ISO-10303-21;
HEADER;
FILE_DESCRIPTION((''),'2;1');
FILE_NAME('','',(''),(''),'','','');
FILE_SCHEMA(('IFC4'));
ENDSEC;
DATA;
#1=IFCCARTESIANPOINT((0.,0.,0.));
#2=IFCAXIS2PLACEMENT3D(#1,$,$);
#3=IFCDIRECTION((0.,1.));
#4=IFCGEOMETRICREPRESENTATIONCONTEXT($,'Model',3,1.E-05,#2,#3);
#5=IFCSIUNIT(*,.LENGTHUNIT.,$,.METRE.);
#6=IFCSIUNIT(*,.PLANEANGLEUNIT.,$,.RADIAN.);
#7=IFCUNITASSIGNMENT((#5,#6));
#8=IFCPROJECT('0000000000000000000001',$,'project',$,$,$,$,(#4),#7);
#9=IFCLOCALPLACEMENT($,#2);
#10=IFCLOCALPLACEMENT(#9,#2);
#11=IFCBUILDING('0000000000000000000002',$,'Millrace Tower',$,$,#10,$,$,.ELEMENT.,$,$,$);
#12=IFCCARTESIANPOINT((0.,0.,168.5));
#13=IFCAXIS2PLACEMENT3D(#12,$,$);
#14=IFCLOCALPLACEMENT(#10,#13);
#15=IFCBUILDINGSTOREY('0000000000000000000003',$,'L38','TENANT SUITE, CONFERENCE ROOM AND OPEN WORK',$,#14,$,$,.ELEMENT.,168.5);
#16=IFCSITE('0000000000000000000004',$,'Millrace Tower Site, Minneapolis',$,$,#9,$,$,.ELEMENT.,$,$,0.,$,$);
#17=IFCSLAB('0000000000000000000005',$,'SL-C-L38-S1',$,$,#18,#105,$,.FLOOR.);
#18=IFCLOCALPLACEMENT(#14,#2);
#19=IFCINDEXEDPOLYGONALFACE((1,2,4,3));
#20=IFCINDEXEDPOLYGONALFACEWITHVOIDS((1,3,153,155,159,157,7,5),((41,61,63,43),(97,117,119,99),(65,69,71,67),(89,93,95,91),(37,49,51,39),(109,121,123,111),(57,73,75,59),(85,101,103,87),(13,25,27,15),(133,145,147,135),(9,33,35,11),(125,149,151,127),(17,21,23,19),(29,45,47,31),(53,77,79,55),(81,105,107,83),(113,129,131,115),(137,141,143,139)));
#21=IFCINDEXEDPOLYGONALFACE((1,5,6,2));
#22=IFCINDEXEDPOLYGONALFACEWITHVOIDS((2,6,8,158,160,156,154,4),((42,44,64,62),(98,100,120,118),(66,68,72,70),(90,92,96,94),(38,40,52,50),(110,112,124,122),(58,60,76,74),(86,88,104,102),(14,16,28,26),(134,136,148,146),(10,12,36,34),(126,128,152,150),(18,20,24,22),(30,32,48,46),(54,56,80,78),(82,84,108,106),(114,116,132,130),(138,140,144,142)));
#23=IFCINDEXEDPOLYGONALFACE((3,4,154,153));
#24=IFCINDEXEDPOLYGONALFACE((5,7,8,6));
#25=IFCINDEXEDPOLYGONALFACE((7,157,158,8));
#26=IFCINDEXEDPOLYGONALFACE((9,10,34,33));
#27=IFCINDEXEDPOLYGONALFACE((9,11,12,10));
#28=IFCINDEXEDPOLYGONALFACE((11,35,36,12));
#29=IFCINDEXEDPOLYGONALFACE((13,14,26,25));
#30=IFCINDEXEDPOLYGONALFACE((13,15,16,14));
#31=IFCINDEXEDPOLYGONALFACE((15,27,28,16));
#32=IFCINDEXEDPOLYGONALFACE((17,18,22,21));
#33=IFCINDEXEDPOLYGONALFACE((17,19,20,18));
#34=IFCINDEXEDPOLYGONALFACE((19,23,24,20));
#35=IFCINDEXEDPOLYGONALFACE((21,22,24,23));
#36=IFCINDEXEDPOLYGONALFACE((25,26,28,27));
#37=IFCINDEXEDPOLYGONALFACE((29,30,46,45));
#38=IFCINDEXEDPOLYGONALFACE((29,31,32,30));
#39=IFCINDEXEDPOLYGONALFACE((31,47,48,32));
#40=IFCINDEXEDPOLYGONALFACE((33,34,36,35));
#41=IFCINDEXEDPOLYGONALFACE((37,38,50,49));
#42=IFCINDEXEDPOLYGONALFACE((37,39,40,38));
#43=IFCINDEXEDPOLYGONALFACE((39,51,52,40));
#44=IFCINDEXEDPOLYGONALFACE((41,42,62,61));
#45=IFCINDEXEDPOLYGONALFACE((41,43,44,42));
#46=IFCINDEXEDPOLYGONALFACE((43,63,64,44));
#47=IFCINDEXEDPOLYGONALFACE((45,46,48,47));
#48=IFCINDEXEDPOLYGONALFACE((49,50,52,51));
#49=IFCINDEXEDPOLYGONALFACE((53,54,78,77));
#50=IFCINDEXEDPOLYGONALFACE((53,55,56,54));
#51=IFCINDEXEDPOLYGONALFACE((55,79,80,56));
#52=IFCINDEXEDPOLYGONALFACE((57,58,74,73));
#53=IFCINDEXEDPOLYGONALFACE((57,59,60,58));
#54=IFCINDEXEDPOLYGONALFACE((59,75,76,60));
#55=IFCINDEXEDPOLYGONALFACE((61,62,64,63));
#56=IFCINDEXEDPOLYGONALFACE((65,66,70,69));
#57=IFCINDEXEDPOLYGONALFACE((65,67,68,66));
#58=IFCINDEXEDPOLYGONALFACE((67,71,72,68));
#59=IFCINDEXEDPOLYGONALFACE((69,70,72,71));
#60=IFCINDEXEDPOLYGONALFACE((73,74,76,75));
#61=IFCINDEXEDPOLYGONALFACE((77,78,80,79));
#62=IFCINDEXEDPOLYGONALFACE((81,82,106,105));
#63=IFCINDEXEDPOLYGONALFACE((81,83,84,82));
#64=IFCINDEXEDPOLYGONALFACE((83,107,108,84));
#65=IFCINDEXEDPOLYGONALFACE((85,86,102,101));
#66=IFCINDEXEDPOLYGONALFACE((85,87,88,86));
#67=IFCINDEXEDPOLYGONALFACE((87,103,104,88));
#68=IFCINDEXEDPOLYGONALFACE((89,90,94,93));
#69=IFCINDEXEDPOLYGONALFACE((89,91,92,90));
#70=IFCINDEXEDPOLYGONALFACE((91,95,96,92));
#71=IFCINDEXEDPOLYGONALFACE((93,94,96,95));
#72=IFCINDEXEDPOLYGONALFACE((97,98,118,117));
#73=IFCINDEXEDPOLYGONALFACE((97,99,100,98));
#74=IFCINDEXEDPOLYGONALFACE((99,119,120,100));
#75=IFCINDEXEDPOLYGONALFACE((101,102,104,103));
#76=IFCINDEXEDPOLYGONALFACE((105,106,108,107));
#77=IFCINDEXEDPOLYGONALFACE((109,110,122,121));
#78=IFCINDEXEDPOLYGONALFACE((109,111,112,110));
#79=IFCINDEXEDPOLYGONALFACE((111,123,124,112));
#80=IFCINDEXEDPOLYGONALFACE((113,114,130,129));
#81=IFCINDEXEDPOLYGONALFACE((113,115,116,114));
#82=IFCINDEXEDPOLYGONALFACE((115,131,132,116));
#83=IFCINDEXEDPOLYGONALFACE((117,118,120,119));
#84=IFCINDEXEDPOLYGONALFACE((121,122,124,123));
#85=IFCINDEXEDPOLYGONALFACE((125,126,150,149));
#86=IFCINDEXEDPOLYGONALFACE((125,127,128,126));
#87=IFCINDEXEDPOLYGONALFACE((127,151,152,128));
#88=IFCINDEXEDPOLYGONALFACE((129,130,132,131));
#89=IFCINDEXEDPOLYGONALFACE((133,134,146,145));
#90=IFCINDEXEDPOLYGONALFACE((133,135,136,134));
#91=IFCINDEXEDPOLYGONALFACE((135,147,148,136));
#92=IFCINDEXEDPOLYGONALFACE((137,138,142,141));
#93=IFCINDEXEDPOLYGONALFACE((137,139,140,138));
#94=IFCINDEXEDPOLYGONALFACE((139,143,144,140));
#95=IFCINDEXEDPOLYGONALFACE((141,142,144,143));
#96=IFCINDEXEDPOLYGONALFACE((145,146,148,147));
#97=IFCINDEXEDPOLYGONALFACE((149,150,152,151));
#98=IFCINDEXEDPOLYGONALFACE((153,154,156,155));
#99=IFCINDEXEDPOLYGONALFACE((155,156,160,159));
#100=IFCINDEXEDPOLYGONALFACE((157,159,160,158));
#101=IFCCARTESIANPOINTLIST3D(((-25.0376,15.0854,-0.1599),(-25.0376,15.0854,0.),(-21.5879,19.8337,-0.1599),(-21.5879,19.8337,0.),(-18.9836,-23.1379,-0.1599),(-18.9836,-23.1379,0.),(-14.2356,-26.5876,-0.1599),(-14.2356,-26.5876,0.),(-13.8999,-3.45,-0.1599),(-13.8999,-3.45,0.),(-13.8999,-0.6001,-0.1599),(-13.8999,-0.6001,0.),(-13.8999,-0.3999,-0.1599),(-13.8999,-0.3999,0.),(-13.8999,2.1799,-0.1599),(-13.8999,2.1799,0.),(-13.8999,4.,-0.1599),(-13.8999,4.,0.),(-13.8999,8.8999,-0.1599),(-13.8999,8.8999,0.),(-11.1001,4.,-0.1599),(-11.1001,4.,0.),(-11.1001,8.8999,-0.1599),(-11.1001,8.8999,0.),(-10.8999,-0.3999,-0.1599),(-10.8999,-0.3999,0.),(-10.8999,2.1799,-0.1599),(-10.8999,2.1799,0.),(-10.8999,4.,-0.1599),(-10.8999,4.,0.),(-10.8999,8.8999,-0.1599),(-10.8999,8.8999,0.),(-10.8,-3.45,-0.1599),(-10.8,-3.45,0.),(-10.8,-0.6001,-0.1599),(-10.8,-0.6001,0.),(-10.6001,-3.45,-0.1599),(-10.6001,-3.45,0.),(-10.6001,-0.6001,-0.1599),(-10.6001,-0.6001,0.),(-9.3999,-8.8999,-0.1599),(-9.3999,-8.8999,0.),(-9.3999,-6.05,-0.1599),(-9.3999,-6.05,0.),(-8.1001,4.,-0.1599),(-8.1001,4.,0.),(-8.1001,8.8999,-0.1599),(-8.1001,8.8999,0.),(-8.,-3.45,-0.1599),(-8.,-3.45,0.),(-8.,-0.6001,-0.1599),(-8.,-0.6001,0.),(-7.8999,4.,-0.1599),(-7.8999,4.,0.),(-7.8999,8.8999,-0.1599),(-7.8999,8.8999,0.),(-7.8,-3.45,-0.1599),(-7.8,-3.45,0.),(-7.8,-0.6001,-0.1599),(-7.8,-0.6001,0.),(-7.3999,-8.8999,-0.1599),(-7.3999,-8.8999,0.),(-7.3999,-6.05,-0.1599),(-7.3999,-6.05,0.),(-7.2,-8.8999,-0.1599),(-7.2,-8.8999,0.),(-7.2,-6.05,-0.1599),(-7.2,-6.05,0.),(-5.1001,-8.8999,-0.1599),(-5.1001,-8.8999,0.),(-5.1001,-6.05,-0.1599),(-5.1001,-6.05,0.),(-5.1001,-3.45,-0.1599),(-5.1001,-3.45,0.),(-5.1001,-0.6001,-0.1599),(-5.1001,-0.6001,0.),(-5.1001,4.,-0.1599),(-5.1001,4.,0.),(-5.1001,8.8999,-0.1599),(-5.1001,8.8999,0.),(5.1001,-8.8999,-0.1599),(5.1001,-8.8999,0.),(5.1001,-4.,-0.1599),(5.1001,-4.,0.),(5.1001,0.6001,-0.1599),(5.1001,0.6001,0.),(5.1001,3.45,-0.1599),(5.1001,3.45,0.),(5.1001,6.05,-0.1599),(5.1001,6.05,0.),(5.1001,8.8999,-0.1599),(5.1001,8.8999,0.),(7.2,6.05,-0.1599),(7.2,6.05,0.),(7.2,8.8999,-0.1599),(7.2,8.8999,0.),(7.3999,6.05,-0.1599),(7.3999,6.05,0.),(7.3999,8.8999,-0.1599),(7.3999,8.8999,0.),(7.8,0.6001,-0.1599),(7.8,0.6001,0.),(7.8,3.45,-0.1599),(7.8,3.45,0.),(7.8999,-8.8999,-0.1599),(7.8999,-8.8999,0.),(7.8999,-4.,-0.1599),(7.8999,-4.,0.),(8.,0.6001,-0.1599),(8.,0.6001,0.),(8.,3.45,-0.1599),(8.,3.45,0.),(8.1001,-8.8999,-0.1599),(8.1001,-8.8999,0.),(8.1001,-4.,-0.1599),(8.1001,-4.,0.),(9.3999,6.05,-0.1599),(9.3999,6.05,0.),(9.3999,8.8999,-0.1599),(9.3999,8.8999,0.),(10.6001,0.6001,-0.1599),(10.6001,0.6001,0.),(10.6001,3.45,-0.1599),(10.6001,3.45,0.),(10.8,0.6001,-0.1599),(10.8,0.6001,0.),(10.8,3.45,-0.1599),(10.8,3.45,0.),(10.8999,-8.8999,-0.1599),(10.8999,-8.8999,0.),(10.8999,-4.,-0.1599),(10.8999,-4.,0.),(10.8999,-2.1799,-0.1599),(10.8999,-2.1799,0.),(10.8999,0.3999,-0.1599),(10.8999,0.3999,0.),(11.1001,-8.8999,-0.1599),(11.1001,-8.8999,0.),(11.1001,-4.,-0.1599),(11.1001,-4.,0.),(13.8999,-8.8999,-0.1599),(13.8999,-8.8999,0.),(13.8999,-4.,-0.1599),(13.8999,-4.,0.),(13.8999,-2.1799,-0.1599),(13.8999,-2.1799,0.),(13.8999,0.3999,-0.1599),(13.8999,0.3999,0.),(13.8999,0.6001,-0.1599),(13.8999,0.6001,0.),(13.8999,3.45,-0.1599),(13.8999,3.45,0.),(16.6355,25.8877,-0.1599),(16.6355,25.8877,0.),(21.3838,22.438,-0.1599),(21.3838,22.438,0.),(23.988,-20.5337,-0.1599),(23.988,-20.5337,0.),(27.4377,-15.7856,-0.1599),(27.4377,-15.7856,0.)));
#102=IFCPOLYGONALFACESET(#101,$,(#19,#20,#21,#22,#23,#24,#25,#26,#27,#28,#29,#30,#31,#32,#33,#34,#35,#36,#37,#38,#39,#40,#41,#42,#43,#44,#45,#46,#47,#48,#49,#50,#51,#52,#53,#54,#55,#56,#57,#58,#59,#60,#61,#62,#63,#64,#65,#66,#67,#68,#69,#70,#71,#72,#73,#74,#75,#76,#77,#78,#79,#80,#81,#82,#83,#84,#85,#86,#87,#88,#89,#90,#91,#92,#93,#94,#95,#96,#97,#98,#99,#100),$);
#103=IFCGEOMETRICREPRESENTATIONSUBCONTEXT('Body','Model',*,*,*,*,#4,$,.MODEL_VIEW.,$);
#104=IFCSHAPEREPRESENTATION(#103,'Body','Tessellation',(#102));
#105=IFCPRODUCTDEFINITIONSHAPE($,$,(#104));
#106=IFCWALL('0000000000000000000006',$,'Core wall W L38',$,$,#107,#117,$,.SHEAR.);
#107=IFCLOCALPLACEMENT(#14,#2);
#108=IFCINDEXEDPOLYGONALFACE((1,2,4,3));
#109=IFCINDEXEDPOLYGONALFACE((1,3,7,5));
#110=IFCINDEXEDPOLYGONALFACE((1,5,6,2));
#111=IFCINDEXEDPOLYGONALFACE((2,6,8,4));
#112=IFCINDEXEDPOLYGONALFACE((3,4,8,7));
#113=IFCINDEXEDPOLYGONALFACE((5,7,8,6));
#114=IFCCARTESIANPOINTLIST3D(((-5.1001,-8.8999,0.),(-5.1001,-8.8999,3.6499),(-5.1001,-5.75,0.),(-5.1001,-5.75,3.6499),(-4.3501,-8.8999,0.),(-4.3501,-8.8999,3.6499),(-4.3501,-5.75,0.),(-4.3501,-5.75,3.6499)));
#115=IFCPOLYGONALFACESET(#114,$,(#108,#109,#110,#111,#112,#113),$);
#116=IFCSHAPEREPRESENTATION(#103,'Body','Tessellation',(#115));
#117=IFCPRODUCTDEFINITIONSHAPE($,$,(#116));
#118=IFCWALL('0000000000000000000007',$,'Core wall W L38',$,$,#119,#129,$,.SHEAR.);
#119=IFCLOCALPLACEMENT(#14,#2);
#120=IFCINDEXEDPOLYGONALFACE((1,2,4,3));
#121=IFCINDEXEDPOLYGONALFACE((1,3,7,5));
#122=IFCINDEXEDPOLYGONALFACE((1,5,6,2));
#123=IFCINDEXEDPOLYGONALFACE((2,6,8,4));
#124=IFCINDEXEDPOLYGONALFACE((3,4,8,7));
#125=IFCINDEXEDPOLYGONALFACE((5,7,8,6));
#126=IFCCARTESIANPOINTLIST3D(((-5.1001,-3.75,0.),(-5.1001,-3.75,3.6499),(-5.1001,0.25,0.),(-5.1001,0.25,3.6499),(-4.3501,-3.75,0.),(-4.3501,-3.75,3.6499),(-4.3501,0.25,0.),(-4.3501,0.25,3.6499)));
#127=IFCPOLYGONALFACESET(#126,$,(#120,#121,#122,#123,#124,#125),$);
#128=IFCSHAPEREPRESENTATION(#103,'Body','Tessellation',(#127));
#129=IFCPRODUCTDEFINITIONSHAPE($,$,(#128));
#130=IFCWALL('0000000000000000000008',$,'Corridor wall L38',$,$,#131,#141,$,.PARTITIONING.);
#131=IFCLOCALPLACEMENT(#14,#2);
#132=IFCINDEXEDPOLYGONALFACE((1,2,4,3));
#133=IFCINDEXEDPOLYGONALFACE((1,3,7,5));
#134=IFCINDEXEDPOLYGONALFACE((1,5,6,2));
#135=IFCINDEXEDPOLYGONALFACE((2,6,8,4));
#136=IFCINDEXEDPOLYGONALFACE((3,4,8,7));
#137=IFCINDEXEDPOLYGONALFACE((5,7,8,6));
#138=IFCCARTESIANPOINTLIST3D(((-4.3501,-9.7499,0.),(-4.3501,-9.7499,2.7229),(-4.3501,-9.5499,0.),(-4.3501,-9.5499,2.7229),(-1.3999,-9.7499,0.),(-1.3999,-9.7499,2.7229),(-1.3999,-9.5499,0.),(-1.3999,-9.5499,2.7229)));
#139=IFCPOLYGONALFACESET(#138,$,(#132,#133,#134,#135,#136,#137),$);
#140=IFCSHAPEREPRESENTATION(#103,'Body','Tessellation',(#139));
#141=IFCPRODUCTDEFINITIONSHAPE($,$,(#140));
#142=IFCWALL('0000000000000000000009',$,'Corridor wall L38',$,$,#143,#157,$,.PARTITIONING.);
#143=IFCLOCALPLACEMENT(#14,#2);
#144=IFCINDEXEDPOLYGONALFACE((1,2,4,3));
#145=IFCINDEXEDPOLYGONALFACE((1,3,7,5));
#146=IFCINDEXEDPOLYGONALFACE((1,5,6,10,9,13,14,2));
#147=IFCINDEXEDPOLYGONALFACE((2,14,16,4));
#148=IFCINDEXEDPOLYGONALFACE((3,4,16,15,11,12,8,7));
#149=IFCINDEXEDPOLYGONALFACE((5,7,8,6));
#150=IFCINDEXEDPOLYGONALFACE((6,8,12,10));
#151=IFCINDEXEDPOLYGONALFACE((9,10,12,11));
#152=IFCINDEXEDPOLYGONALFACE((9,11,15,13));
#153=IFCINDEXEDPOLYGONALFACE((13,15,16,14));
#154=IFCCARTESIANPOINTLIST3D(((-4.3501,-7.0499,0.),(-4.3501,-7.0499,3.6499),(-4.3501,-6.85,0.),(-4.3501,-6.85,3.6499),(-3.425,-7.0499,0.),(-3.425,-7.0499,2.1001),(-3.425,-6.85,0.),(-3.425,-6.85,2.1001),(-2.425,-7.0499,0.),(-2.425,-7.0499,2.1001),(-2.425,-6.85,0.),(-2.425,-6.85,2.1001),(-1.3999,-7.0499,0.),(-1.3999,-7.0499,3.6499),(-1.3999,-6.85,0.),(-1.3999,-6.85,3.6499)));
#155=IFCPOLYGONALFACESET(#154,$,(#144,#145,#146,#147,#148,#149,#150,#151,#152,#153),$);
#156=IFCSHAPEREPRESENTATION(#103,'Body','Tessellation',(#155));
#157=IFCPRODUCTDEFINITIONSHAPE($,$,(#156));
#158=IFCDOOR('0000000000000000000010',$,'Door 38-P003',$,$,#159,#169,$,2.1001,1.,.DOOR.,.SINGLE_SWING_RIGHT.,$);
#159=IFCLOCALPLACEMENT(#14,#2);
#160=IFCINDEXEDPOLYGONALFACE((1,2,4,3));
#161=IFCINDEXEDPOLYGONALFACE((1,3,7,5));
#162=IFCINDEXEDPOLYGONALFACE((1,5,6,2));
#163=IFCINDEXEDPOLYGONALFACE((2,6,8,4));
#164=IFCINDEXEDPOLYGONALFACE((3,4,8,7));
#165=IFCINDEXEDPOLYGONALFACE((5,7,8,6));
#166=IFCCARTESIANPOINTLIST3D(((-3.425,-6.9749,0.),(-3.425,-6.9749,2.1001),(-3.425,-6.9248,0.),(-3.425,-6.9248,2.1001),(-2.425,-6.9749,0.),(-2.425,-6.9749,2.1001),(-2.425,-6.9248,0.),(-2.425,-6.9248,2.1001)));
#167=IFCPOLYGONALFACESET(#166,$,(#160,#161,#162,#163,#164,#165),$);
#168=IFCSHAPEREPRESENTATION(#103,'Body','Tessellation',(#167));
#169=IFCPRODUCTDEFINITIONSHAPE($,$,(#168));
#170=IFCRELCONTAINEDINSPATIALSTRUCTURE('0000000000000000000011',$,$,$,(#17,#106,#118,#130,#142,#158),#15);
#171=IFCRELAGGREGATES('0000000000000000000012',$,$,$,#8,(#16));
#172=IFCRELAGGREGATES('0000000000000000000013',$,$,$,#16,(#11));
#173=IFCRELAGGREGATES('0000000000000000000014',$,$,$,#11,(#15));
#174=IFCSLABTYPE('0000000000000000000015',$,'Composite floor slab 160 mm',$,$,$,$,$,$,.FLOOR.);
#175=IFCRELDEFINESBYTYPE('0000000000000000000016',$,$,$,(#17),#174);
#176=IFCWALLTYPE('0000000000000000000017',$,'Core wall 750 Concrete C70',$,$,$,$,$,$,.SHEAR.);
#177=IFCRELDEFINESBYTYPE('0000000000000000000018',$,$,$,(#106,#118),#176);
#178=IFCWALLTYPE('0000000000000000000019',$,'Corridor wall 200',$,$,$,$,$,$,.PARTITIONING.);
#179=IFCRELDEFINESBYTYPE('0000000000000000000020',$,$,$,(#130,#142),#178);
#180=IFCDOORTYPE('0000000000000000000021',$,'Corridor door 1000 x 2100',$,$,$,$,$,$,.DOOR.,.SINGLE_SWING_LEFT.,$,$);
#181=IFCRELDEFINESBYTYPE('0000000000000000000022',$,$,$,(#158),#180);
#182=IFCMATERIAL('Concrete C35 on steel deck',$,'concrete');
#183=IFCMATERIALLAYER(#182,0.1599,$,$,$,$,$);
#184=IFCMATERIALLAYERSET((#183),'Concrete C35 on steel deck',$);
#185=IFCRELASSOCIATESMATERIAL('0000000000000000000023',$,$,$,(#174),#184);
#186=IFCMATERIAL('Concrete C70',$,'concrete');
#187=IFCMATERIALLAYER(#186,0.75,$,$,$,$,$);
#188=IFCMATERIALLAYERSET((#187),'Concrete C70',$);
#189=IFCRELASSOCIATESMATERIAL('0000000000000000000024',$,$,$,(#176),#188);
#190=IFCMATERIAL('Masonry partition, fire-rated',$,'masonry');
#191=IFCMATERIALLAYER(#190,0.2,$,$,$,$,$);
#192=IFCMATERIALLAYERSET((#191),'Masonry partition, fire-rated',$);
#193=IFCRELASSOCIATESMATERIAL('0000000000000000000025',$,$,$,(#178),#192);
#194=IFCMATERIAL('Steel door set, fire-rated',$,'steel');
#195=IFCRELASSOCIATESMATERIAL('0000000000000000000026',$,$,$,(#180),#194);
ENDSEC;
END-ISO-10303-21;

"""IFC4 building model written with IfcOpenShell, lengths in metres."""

from ifc_helpers import new_model, si_unit, direction, frame, frame_2d, origin, place, context, subcontext, project, spatial, polyline, rectangle, outline, extrude, material, layer, layer_set, type_object, element, fill, save


model = new_model("IFC4")

# Units and contexts
model_context = context("Model", 3, precision=1e-05, world=origin(), true_north=direction((0.0, 1.0)))
body_context = subcontext(model_context, "Body", "Model", "MODEL_VIEW")
ifc_project = project(units=[si_unit("LENGTHUNIT", "METRE"), si_unit("PLANEANGLEUNIT", "RADIAN")], contexts=[model_context])

# Site, building, storey
site_placement = place(None, origin())
site = spatial("IfcSite", under=ifc_project, at=site_placement, Name="Millrace Tower Site, Minneapolis", CompositionType="ELEMENT", RefElevation=0.0)
building_placement = place(site_placement, origin())
building = spatial("IfcBuilding", under=site, at=building_placement, Name="Millrace Tower", CompositionType="ELEMENT")
storey_placement = place(building_placement, frame((0.0, 0.0, 168.5)))
storey = spatial("IfcBuildingStorey", under=building, at=storey_placement, Name="L38", Description="TENANT SUITE, CONFERENCE ROOM AND OPEN WORK", CompositionType="ELEMENT", Elevation=168.5)

# Slab
ifc_material_1 = material(Name="Concrete C35 on steel deck", Category="concrete")
ifc_layer_1 = layer(ifc_material_1, 0.1599)
ifc_layer_set_1 = layer_set([ifc_layer_1], Name="Concrete C35 on steel deck")
slab_type = type_object("IfcSlabType", Name="Composite floor slab 160 mm", PredefinedType="FLOOR", material=ifc_layer_set_1)
slab_placement = place(storey_placement, frame((0.0, 0.0, -0.1599)))
element("IfcSlab", 1, at=slab_placement, inside=storey, type_object=slab_type, Name="SL-C-L38-S1", PredefinedType="FLOOR", context=body_context, shape_type="SweptSolid", body=[
    extrude(outline(polyline([(-18.9836, -23.1379), (-14.2356, -26.5876), (23.988, -20.5337), (27.4377, -15.7856), (21.3838, 22.438), (16.6355, 25.8877), (-21.5879, 19.8337), (-25.0376, 15.0854), (-18.9836, -23.1379)]), holes=[polyline([(-9.3999, -8.8999), (-7.3999, -8.8999), (-7.3999, -6.05), (-9.3999, -6.05), (-9.3999, -8.8999)]), polyline([(-7.2, -8.8999), (-5.1001, -8.8999), (-5.1001, -6.05), (-7.2, -6.05), (-7.2, -8.8999)]), polyline([(-13.8999, -3.45), (-10.8, -3.45), (-10.8, -0.6001), (-13.8999, -0.6001), (-13.8999, -3.45)]), polyline([(-10.6001, -3.45), (-8.0, -3.45), (-8.0, -0.6001), (-10.6001, -0.6001), (-10.6001, -3.45)]), polyline([(-7.8, -3.45), (-5.1001, -3.45), (-5.1001, -0.6001), (-7.8, -0.6001), (-7.8, -3.45)]), polyline([(-13.8999, -0.3999), (-10.8999, -0.3999), (-10.8999, 2.1799), (-13.8999, 2.1799), (-13.8999, -0.3999)]), polyline([(-13.8999, 4.0), (-11.1001, 4.0), (-11.1001, 8.8999), (-13.8999, 8.8999), (-13.8999, 4.0)]), polyline([(-10.8999, 4.0), (-8.1001, 4.0), (-8.1001, 8.8999), (-10.8999, 8.8999), (-10.8999, 4.0)]), polyline([(-7.8999, 4.0), (-5.1001, 4.0), (-5.1001, 8.8999), (-7.8999, 8.8999), (-7.8999, 4.0)]), polyline([(7.3999, 6.05), (9.3999, 6.05), (9.3999, 8.8999), (7.3999, 8.8999), (7.3999, 6.05)]), polyline([(5.1001, 6.05), (7.2, 6.05), (7.2, 8.8999), (5.1001, 8.8999), (5.1001, 6.05)]), polyline([(10.8, 0.6001), (13.8999, 0.6001), (13.8999, 3.45), (10.8, 3.45), (10.8, 0.6001)]), polyline([(8.0, 0.6001), (10.6001, 0.6001), (10.6001, 3.45), (8.0, 3.45), (8.0, 0.6001)]), polyline([(5.1001, 0.6001), (7.8, 0.6001), (7.8, 3.45), (5.1001, 3.45), (5.1001, 0.6001)]), polyline([(10.8999, -2.1799), (13.8999, -2.1799), (13.8999, 0.3999), (10.8999, 0.3999), (10.8999, -2.1799)]), polyline([(11.1001, -8.8999), (13.8999, -8.8999), (13.8999, -4.0), (11.1001, -4.0), (11.1001, -8.8999)]), polyline([(8.1001, -8.8999), (10.8999, -8.8999), (10.8999, -4.0), (8.1001, -4.0), (8.1001, -8.8999)]), polyline([(5.1001, -8.8999), (7.8999, -8.8999), (7.8999, -4.0), (5.1001, -4.0), (5.1001, -8.8999)])]), origin(), (0.0, 0.0, 1.0), 0.1599),
])

# Walls
ifc_material_2 = material(Name="Concrete C70", Category="concrete")
ifc_layer_2 = layer(ifc_material_2, 0.75)
ifc_layer_set_2 = layer_set([ifc_layer_2], Name="Concrete C70")
wall_type_1 = type_object("IfcWallType", Name="Core wall 750 Concrete C70", PredefinedType="SHEAR", material=ifc_layer_set_2)
wall_1_placement = place(storey_placement, frame((-4.7251, -8.8999, 0.0), z_axis=(0.0, 0.0, 1.0), x_axis=(0.0, 1.0, 0.0)))
element("IfcWall", 2, at=wall_1_placement, inside=storey, type_object=wall_type_1, Name="Core wall W L38", PredefinedType="SHEAR", context=body_context, shape_type="SweptSolid", body=[
    extrude(rectangle(XDim=3.1499, YDim=0.75, at=frame_2d((1.575, 0.0))), origin(), (0.0, 0.0, 1.0), 3.6499),
])
wall_2_placement = place(storey_placement, frame((-4.7251, -3.75, 0.0), z_axis=(0.0, 0.0, 1.0), x_axis=(0.0, 1.0, 0.0)))
element("IfcWall", 3, at=wall_2_placement, inside=storey, type_object=wall_type_1, Name="Core wall W L38", PredefinedType="SHEAR", context=body_context, shape_type="SweptSolid", body=[
    extrude(rectangle(XDim=4.0, YDim=0.75, at=frame_2d((2.0, 0.0))), origin(), (0.0, 0.0, 1.0), 3.6499),
])
ifc_material_3 = material(Name="Masonry partition, fire-rated", Category="masonry")
ifc_layer_3 = layer(ifc_material_3, 0.2)
ifc_layer_set_3 = layer_set([ifc_layer_3], Name="Masonry partition, fire-rated")
wall_type_2 = type_object("IfcWallType", Name="Corridor wall 200", PredefinedType="PARTITIONING", material=ifc_layer_set_3)
wall_3_placement = place(storey_placement, frame((-4.3501, -9.6499, 0.0), z_axis=(0.0, 0.0, 1.0), x_axis=(1.0, 0.0, 0.0)))
element("IfcWall", 4, at=wall_3_placement, inside=storey, type_object=wall_type_2, Name="Corridor wall L38", PredefinedType="PARTITIONING", context=body_context, shape_type="SweptSolid", body=[
    extrude(rectangle(XDim=2.9502, YDim=0.2, at=frame_2d((1.4751, 0.0))), origin(), (0.0, 0.0, 1.0), 2.7229),
])

# Wall, opening, door
wall_4_placement = place(storey_placement, frame((-4.3501, -6.95, 0.0), z_axis=(0.0, 0.0, 1.0), x_axis=(1.0, 0.0, 0.0)))
wall_4 = element("IfcWall", 5, at=wall_4_placement, inside=storey, type_object=wall_type_2, Name="Corridor wall L38", PredefinedType="PARTITIONING", context=body_context, shape_type="SweptSolid", body=[
    extrude(rectangle(XDim=2.9502, YDim=0.2, at=frame_2d((1.4751, 0.0))), origin(), (0.0, 0.0, 1.0), 3.6499),
])
opening_1_placement = place(wall_4_placement, frame((0.925, 0.0, 0.0)))
opening_1 = element("IfcOpeningElement", 6, at=opening_1_placement, cuts=wall_4, PredefinedType="OPENING", context=body_context, shape_type="SweptSolid", body=[
    extrude(rectangle(XDim=1.0, YDim=2.1001, at=frame_2d((0.5, 1.05))), frame((0.0, 0.1099, 0.0), z_axis=(0.0, -1.0, 0.0), x_axis=(1.0, 0.0, 0.0)), (0.0, 0.0, 1.0), 0.22),
])
ifc_material_4 = material(Name="Steel door set, fire-rated", Category="steel")
door_type_1 = type_object("IfcDoorType", Name="Corridor door 1000 x 2100", OperationType="SINGLE_SWING_LEFT", PredefinedType="DOOR", material=ifc_material_4)
door_1_placement = place(opening_1_placement, frame((1.0, 0.0, 0.0), z_axis=(0.0, 0.0, 1.0), x_axis=(-1.0, 0.0, 0.0)))
door_1 = element("IfcDoor", 7, at=door_1_placement, inside=storey, type_object=door_type_1, Name="Door 38-P003", OperationType="SINGLE_SWING_RIGHT", OverallHeight=2.1001, OverallWidth=1.0, PredefinedType="DOOR", context=body_context, shape_type="SweptSolid", body=[
    extrude(rectangle(XDim=1.0, YDim=2.1001, at=frame_2d((0.5, 1.05))), frame((0.0, 0.0249, 0.0), z_axis=(0.0, -1.0, 0.0), x_axis=(1.0, 0.0, 0.0)), (0.0, 0.0, 1.0), 0.05),
])
fill(opening_1, door_1)

save(model, "model.ifc")
